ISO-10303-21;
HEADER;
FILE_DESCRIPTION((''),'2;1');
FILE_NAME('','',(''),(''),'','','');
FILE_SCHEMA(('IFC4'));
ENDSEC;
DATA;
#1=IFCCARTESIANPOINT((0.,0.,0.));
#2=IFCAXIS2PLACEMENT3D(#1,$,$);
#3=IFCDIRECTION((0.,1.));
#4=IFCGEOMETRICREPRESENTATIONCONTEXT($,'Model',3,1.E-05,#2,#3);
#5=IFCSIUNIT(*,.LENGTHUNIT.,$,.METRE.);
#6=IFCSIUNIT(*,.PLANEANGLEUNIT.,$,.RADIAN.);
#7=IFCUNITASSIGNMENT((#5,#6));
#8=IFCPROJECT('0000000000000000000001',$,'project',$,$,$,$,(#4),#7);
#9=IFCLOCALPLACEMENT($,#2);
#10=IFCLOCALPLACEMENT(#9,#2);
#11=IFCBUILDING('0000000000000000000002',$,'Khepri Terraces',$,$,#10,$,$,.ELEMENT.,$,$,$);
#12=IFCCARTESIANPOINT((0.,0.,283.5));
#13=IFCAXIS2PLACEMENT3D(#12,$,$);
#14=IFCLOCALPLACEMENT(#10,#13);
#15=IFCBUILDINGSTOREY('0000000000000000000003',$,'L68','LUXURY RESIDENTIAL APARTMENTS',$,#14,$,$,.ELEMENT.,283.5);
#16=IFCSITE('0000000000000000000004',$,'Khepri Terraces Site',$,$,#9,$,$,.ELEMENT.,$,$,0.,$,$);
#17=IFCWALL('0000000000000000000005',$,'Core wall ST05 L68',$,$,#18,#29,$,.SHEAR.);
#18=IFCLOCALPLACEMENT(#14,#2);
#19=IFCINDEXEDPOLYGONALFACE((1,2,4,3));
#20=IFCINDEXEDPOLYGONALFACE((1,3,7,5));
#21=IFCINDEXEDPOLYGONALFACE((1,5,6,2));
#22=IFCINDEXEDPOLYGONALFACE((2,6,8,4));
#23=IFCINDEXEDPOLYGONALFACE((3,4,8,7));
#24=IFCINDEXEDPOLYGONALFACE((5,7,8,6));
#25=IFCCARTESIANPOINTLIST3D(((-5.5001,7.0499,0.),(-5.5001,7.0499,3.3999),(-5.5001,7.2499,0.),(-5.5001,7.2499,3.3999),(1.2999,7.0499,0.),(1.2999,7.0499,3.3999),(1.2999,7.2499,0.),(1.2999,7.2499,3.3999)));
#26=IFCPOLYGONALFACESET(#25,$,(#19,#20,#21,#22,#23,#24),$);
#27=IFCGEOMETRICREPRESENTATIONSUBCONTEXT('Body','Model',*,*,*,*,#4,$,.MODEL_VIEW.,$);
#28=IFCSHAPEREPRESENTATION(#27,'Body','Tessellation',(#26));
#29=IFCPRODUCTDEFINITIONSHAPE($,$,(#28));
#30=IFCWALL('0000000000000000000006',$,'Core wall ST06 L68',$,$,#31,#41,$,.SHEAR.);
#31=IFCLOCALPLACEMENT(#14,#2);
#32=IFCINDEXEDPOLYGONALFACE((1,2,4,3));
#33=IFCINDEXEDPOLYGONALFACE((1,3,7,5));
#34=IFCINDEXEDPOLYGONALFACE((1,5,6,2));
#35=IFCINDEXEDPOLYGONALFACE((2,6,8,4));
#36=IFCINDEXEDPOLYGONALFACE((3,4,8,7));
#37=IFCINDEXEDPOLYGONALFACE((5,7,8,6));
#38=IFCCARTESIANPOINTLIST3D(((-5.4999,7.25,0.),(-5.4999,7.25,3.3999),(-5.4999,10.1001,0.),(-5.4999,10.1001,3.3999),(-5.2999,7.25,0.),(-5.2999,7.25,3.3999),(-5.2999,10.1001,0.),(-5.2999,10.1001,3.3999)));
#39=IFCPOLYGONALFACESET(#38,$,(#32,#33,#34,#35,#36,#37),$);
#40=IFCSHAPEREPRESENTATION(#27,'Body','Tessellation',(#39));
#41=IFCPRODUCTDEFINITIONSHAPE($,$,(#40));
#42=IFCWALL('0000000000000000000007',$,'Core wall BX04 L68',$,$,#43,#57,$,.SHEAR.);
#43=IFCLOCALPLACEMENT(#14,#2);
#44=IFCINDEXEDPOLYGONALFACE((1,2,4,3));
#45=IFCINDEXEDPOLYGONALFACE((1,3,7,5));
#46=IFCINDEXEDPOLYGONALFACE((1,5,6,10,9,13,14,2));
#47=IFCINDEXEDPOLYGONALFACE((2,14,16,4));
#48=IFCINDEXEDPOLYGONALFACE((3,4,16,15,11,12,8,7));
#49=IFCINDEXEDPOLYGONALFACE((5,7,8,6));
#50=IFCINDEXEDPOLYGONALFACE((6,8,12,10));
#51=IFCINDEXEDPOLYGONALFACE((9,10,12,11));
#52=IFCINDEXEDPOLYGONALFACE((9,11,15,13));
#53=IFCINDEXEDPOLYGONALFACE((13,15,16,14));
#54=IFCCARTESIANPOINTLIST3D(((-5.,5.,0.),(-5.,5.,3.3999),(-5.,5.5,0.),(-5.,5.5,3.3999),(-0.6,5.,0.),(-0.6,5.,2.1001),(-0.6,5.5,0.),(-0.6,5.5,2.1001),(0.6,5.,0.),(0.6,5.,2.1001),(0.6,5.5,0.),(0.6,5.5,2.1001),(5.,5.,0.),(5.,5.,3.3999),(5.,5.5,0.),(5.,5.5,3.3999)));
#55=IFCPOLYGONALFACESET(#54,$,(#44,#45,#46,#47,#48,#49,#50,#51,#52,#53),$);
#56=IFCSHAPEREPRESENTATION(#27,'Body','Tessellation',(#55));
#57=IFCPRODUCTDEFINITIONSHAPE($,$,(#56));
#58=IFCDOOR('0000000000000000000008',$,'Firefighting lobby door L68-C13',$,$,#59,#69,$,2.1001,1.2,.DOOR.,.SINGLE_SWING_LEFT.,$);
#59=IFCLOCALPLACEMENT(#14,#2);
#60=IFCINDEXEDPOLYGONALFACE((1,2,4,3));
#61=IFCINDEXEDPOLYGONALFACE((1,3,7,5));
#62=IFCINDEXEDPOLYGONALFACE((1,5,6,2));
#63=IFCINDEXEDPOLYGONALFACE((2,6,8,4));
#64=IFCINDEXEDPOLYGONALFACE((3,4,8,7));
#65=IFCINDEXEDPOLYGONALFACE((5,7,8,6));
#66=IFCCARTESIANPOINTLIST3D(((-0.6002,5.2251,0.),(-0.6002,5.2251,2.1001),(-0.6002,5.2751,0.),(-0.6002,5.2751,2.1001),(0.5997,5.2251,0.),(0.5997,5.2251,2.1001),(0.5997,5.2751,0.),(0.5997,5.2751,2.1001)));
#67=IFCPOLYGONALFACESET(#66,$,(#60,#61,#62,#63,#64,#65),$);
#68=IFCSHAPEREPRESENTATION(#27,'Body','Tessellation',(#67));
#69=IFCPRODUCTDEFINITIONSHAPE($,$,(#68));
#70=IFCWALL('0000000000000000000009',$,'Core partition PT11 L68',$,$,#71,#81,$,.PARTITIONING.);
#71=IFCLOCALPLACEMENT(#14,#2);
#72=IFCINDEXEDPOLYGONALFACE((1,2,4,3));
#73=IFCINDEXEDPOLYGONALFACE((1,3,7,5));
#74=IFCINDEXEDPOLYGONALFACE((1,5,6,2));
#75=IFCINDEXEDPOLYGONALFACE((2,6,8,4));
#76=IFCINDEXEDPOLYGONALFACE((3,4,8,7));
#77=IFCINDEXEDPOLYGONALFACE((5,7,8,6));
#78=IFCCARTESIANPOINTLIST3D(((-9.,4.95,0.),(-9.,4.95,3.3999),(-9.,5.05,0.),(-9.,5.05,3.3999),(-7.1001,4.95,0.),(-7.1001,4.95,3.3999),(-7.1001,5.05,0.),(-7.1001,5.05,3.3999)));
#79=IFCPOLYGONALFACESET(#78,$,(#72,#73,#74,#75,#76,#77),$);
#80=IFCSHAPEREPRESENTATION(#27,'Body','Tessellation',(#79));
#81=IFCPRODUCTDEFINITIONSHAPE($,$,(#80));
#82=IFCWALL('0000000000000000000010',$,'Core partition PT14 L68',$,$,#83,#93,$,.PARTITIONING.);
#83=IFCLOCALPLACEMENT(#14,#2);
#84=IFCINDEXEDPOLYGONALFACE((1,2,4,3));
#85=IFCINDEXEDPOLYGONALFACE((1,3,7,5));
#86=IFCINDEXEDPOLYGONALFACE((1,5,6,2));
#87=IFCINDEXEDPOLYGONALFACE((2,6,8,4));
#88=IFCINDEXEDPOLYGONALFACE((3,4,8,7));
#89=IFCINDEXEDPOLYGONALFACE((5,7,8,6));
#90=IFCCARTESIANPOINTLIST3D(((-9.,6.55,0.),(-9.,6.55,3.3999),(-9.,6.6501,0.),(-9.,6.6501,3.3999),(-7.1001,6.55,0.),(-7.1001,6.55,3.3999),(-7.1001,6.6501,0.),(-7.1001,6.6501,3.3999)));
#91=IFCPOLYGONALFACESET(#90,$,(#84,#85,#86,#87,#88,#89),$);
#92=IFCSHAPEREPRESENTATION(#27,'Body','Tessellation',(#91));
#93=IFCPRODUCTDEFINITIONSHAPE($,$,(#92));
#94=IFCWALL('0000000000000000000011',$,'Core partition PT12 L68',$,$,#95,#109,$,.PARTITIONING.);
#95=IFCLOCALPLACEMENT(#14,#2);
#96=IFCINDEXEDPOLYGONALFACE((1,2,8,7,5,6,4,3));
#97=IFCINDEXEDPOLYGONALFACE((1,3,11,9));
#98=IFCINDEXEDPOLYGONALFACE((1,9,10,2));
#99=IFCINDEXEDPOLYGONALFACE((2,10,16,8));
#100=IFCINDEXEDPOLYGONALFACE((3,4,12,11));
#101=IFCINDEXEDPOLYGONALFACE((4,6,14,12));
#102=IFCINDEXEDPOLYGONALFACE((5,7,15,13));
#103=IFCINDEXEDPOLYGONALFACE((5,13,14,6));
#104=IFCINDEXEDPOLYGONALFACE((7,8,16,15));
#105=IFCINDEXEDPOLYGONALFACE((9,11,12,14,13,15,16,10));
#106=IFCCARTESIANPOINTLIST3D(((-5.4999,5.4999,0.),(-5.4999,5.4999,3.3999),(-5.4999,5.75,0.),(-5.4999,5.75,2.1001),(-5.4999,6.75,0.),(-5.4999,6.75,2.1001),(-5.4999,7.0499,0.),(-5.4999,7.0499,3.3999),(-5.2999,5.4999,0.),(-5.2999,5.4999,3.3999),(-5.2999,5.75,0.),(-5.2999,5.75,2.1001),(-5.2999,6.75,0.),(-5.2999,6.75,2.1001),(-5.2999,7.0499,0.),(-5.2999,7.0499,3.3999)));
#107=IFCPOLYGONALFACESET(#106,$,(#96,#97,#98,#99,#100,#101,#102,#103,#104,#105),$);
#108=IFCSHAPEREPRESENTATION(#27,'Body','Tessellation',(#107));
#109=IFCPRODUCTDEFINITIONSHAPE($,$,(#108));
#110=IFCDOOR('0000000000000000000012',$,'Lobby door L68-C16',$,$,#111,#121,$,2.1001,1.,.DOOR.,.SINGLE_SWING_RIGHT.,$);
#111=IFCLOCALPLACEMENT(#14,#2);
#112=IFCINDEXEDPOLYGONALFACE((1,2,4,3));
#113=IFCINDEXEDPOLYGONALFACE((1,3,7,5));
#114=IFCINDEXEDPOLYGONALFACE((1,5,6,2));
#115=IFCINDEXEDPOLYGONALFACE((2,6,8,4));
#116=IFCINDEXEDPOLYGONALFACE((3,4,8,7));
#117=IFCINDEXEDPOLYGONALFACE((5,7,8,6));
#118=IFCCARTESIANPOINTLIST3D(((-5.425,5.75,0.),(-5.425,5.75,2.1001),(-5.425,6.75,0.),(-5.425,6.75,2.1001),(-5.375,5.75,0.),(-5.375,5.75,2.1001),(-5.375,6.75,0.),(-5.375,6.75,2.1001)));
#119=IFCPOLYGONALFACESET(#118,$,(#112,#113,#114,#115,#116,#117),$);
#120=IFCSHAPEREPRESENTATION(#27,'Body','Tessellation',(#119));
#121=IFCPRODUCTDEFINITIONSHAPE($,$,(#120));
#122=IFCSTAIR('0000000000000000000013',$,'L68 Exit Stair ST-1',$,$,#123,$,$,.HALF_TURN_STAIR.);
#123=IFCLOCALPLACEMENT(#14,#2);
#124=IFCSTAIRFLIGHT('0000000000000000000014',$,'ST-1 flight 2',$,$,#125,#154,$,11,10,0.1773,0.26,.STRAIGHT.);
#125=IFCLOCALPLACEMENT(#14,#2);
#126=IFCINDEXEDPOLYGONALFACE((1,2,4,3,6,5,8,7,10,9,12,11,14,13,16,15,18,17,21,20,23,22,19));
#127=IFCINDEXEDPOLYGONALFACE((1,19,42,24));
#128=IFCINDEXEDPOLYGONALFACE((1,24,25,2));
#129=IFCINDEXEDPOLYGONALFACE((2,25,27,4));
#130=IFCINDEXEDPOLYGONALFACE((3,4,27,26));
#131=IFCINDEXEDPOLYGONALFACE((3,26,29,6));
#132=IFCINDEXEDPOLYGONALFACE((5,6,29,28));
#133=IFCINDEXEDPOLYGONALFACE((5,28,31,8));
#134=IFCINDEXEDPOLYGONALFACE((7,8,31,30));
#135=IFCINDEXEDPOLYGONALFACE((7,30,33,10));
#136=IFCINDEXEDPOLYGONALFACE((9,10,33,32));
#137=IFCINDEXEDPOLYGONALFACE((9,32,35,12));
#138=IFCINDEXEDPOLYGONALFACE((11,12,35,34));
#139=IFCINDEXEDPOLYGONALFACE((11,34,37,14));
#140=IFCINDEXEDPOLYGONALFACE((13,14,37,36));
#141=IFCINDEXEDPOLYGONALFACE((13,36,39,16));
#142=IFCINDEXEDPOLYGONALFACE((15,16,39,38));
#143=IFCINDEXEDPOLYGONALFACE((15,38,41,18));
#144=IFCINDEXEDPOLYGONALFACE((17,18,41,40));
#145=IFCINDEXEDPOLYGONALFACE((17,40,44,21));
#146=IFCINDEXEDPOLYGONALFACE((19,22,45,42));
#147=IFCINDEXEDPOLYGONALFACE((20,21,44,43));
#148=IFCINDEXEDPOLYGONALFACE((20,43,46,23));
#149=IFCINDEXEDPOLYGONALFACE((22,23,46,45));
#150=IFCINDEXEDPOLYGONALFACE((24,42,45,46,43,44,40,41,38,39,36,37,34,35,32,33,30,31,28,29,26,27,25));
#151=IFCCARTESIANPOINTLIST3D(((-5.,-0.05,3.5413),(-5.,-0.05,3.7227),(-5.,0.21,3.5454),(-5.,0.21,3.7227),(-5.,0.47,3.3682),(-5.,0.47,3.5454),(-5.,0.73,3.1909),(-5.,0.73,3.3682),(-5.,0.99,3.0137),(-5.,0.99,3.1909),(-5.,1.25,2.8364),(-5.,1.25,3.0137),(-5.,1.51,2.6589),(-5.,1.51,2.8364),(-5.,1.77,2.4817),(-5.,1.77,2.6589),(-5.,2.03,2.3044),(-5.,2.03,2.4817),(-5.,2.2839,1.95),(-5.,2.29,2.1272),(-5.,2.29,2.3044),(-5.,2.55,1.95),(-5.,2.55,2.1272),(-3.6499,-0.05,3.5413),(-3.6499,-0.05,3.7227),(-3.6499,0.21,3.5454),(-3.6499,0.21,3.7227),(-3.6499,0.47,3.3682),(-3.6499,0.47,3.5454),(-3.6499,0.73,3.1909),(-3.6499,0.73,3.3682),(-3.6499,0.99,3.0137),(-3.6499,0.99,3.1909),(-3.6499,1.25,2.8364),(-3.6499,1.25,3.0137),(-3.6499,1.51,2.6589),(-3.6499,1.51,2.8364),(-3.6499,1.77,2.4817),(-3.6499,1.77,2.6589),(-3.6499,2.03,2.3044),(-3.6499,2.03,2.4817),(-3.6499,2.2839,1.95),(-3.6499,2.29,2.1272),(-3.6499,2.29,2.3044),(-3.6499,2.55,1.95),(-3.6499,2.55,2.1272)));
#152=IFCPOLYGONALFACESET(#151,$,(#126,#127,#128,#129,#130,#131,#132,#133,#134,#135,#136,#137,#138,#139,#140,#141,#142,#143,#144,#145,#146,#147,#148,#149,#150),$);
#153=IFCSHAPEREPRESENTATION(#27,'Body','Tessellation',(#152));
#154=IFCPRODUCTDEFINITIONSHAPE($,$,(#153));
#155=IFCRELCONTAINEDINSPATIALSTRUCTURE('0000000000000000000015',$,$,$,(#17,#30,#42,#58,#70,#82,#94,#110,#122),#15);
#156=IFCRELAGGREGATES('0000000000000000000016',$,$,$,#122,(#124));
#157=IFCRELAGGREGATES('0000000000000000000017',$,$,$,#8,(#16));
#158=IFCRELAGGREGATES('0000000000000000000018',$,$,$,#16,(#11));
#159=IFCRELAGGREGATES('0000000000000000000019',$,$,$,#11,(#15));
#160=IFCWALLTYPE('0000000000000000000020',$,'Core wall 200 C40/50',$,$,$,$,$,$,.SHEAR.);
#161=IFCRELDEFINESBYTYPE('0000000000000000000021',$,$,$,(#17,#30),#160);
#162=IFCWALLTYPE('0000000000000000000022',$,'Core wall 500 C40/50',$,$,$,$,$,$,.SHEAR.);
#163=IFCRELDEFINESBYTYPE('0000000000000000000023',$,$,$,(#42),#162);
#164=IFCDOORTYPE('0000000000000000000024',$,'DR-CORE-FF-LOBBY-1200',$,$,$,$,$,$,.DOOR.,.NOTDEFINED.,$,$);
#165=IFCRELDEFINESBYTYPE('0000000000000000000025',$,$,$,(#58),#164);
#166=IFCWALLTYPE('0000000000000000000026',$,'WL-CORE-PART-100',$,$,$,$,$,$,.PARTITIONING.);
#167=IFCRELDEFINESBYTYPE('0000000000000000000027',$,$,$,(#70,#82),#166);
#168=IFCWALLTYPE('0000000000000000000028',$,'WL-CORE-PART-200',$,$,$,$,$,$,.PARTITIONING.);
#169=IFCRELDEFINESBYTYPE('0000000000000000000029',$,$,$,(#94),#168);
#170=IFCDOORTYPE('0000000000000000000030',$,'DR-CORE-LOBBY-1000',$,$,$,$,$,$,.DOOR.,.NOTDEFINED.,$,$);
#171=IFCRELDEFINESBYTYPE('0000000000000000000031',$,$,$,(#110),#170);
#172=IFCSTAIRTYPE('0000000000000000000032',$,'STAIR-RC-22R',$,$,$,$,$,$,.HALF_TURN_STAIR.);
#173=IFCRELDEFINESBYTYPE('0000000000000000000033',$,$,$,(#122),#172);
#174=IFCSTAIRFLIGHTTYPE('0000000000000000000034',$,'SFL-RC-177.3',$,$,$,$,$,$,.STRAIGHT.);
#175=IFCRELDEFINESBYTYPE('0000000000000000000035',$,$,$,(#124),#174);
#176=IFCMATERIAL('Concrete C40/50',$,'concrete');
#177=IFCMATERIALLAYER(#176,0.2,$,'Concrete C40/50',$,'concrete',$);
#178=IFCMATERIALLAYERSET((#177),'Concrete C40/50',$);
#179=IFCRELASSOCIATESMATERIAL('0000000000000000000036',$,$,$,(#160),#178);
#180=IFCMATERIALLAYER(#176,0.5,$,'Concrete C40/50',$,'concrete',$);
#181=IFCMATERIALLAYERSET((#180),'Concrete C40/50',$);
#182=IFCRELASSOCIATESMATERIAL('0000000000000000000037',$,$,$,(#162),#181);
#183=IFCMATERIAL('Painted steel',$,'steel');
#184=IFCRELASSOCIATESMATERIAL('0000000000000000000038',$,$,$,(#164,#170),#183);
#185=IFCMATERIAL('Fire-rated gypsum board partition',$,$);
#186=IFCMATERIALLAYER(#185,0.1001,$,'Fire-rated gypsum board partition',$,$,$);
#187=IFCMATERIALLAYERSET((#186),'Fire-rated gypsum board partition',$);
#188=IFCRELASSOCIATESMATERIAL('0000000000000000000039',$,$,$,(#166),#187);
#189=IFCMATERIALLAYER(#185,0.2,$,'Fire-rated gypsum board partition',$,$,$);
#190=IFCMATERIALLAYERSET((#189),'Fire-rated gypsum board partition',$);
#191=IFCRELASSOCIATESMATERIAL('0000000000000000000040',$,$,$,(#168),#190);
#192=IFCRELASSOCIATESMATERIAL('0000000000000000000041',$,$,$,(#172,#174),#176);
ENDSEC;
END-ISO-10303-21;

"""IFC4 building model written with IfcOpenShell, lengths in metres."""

from ifc_helpers import new_model, si_unit, direction, frame, frame_2d, origin, place, context, subcontext, project, spatial, polyline, rectangle, outline, extrude, material, layer, layer_set, type_object, element, fill, aggregate, save


model = new_model("IFC4")

# Units and contexts
model_context = context("Model", 3, precision=1e-05, world=origin(), true_north=direction((0.0, 1.0)))
body_context = subcontext(model_context, "Body", "Model", "MODEL_VIEW")
ifc_project = project(units=[si_unit("LENGTHUNIT", "METRE"), si_unit("PLANEANGLEUNIT", "RADIAN")], contexts=[model_context])

# Site, building, storey
site_placement = place(None, origin())
site = spatial("IfcSite", under=ifc_project, at=site_placement, Name="Khepri Terraces Site", CompositionType="ELEMENT", RefElevation=0.0)
building_placement = place(site_placement, origin())
building = spatial("IfcBuilding", under=site, at=building_placement, Name="Khepri Terraces", CompositionType="ELEMENT")
storey_placement = place(building_placement, frame((0.0, 0.0, 283.5)))
storey = spatial("IfcBuildingStorey", under=building, at=storey_placement, Name="L68", Description="LUXURY RESIDENTIAL APARTMENTS", CompositionType="ELEMENT", Elevation=283.5)

# Walls
ifc_material_1 = material(Name="Concrete C40/50", Category="concrete")
ifc_layer_1 = layer(ifc_material_1, 0.2, Name="Concrete C40/50", Category="concrete")
ifc_layer_set_1 = layer_set([ifc_layer_1], Name="Concrete C40/50")
wall_type_1 = type_object("IfcWallType", Name="Core wall 200 C40/50", PredefinedType="SHEAR", material=ifc_layer_set_1)
wall_1_placement = place(storey_placement, frame((-5.5, 7.1499, 0.0), z_axis=(0.0, 0.0, 1.0), x_axis=(1.0, 0.0, 0.0)))
element("IfcWall", 1, at=wall_1_placement, inside=storey, type_object=wall_type_1, Name="Core wall ST05 L68", PredefinedType="SHEAR", context=body_context, shape_type="SweptSolid", body=[
    extrude(rectangle(XDim=6.8, YDim=0.2, at=frame_2d((3.3999, 0.0))), origin(), (0.0, 0.0, 1.0), 3.3999),
])
wall_2_placement = place(storey_placement, frame((-5.3999, 7.25, 0.0), z_axis=(0.0, 0.0, 1.0), x_axis=(0.0, 1.0, 0.0)))
element("IfcWall", 2, at=wall_2_placement, inside=storey, type_object=wall_type_1, Name="Core wall ST06 L68", PredefinedType="SHEAR", context=body_context, shape_type="SweptSolid", body=[
    extrude(rectangle(XDim=2.8501, YDim=0.2, at=frame_2d((1.425, 0.0))), origin(), (0.0, 0.0, 1.0), 3.3999),
])

# Wall, opening, door
ifc_layer_2 = layer(ifc_material_1, 0.5, Name="Concrete C40/50", Category="concrete")
ifc_layer_set_2 = layer_set([ifc_layer_2], Name="Concrete C40/50")
wall_type_2 = type_object("IfcWallType", Name="Core wall 500 C40/50", PredefinedType="SHEAR", material=ifc_layer_set_2)
wall_3_placement = place(storey_placement, frame((-5.0, 5.25, 0.0), z_axis=(0.0, 0.0, 1.0), x_axis=(1.0, 0.0, 0.0)))
wall_3 = element("IfcWall", 3, at=wall_3_placement, inside=storey, type_object=wall_type_2, Name="Core wall BX04 L68", PredefinedType="SHEAR", context=body_context, shape_type="SweptSolid", body=[
    extrude(rectangle(XDim=10.0, YDim=0.5, at=frame_2d((5.0, 0.0))), origin(), (0.0, 0.0, 1.0), 3.3999),
])
opening_1_placement = place(wall_3_placement, frame((4.3999, 0.0, 0.0)))
opening_1 = element("IfcOpeningElement", 4, at=opening_1_placement, cuts=wall_3, PredefinedType="OPENING", context=body_context, shape_type="SweptSolid", body=[
    extrude(rectangle(XDim=1.2, YDim=2.1001, at=frame_2d((0.6001, 1.05))), frame((0.0, 0.26, 0.0), z_axis=(0.0, -1.0, 0.0), x_axis=(1.0, 0.0, 0.0)), (0.0, 0.0, 1.0), 0.52),
])
ifc_material_2 = material(Name="Painted steel", Category="steel")
door_type_1 = type_object("IfcDoorType", Name="DR-CORE-FF-LOBBY-1200", OperationType="NOTDEFINED", PredefinedType="DOOR", material=ifc_material_2)
door_1_placement = place(opening_1_placement, frame((1.2, 0.0, 0.0), z_axis=(0.0, 0.0, 1.0), x_axis=(-1.0, 0.0, 0.0)))
door_1 = element("IfcDoor", 5, at=door_1_placement, inside=storey, type_object=door_type_1, Name="Firefighting lobby door L68-C13", OperationType="SINGLE_SWING_LEFT", OverallHeight=2.1001, OverallWidth=1.2, PredefinedType="DOOR", context=body_context, shape_type="SweptSolid", body=[
    extrude(rectangle(XDim=1.2, YDim=2.1001, at=frame_2d((0.6001, 1.05))), frame((0.0, 0.0249, 0.0), z_axis=(0.0, -1.0, 0.0), x_axis=(1.0, 0.0, 0.0)), (0.0, 0.0, 1.0), 0.05),
])
fill(opening_1, door_1)

# Walls
ifc_material_3 = material(Name="Fire-rated gypsum board partition")
ifc_layer_3 = layer(ifc_material_3, 0.1001, Name="Fire-rated gypsum board partition")
ifc_layer_set_3 = layer_set([ifc_layer_3], Name="Fire-rated gypsum board partition")
wall_type_3 = type_object("IfcWallType", Name="WL-CORE-PART-100", PredefinedType="PARTITIONING", material=ifc_layer_set_3)
for number, where, z_axis, x_axis, name in (
    (6, (-9.0, 5.0, 0.0), (0.0, 0.0, 1.0), (1.0, 0.0, 0.0), "Core partition PT11 L68"),
    (7, (-9.0, 6.6001, 0.0), (0.0, 0.0, 1.0), (1.0, 0.0, 0.0), "Core partition PT14 L68"),
):
    element("IfcWall", number, at=place(storey_placement, frame(where, z_axis=z_axis, x_axis=x_axis)), inside=storey, type_object=wall_type_3, Name=name, PredefinedType="PARTITIONING", context=body_context, shape_type="SweptSolid", body=[
        extrude(rectangle(XDim=1.8999, YDim=0.1001, at=frame_2d((0.95, 0.0))), origin(), (0.0, 0.0, 1.0), 3.3999),
    ])

# Wall, opening, door
ifc_layer_4 = layer(ifc_material_3, 0.2, Name="Fire-rated gypsum board partition")
ifc_layer_set_4 = layer_set([ifc_layer_4], Name="Fire-rated gypsum board partition")
wall_type_4 = type_object("IfcWallType", Name="WL-CORE-PART-200", PredefinedType="PARTITIONING", material=ifc_layer_set_4)
wall_4_placement = place(storey_placement, frame((-5.3999, 5.5, 0.0), z_axis=(0.0, 0.0, 1.0), x_axis=(0.0, 1.0, 0.0)))
wall_4 = element("IfcWall", 8, at=wall_4_placement, inside=storey, type_object=wall_type_4, Name="Core partition PT12 L68", PredefinedType="PARTITIONING", context=body_context, shape_type="SweptSolid", body=[
    extrude(rectangle(XDim=1.55, YDim=0.2, at=frame_2d((0.7749, 0.0))), origin(), (0.0, 0.0, 1.0), 3.3999),
])
opening_2_placement = place(wall_4_placement, frame((0.25, 0.0, 0.0)))
opening_2 = element("IfcOpeningElement", 9, at=opening_2_placement, cuts=wall_4, PredefinedType="OPENING", context=body_context, shape_type="SweptSolid", body=[
    extrude(rectangle(XDim=1.0, YDim=2.1001, at=frame_2d((0.5, 1.05))), frame((0.0, 0.1099, 0.0), z_axis=(0.0, -1.0, 0.0), x_axis=(1.0, 0.0, 0.0)), (0.0, 0.0, 1.0), 0.22),
])
door_type_2 = type_object("IfcDoorType", Name="DR-CORE-LOBBY-1000", OperationType="NOTDEFINED", PredefinedType="DOOR", material=ifc_material_2)
door_2_placement = place(opening_2_placement, frame((1.0, 0.0, 0.0), z_axis=(0.0, 0.0, 1.0), x_axis=(-1.0, 0.0, 0.0)))
door_2 = element("IfcDoor", 10, at=door_2_placement, inside=storey, type_object=door_type_2, Name="Lobby door L68-C16", OperationType="SINGLE_SWING_RIGHT", OverallHeight=2.1001, OverallWidth=1.0, PredefinedType="DOOR", context=body_context, shape_type="SweptSolid", body=[
    extrude(rectangle(XDim=1.0, YDim=2.1001, at=frame_2d((0.5, 1.05))), frame((0.0, 0.0249, 0.0), z_axis=(0.0, -1.0, 0.0), x_axis=(1.0, 0.0, 0.0)), (0.0, 0.0, 1.0), 0.05),
])
fill(opening_2, door_2)

# Stair, stair flight
stair_type = type_object("IfcStairType", Name="STAIR-RC-22R", PredefinedType="HALF_TURN_STAIR", material=ifc_material_1)
stair_1_placement = place(storey_placement, origin())
stair_1 = element("IfcStair", 11, at=stair_1_placement, inside=storey, type_object=stair_type, Name="L68 Exit Stair ST-1", PredefinedType="HALF_TURN_STAIR")
stair_flight_type = type_object("IfcStairFlightType", Name="SFL-RC-177.3", PredefinedType="STRAIGHT", material=ifc_material_1)
stair_flight_1_placement = place(storey_placement, frame((-4.325, 2.55, 1.95), z_axis=(0.0, 0.0, 1.0), x_axis=(0.0, -1.0, 0.0)))
stair_flight_1 = element("IfcStairFlight", 12, at=stair_flight_1_placement, type_object=stair_flight_type, Name="ST-1 flight 2", NumberOfRisers=11, NumberOfTreads=10, PredefinedType="STRAIGHT", RiserHeight=0.1773, TreadLength=0.26, context=body_context, shape_type="SweptSolid", body=[
    extrude(outline(polyline([(0.0, 0.0), (0.0, 0.1772), (0.26, 0.1772), (0.26, 0.3545), (0.52, 0.3545), (0.52, 0.5317), (0.78, 0.5317), (0.78, 0.709), (1.04, 0.709), (1.04, 0.8865), (1.3, 0.8865), (1.3, 1.0637), (1.5601, 1.0637), (1.5601, 1.241), (1.8201, 1.241), (1.8201, 1.4182), (2.0801, 1.4182), (2.0801, 1.5955), (2.3401, 1.5955), (2.3401, 1.7727), (2.6001, 1.7727), (2.6001, 1.95), (2.6001, 1.5913), (0.2661, 0.0), (0.0, 0.0)])), frame((0.0, 0.675, 0.0), z_axis=(0.0, -1.0, 0.0), x_axis=(1.0, 0.0, 0.0)), (0.0, 0.0, 1.0), 1.3501),
])
aggregate(stair_1, [stair_flight_1])

save(model, "model.ifc")
